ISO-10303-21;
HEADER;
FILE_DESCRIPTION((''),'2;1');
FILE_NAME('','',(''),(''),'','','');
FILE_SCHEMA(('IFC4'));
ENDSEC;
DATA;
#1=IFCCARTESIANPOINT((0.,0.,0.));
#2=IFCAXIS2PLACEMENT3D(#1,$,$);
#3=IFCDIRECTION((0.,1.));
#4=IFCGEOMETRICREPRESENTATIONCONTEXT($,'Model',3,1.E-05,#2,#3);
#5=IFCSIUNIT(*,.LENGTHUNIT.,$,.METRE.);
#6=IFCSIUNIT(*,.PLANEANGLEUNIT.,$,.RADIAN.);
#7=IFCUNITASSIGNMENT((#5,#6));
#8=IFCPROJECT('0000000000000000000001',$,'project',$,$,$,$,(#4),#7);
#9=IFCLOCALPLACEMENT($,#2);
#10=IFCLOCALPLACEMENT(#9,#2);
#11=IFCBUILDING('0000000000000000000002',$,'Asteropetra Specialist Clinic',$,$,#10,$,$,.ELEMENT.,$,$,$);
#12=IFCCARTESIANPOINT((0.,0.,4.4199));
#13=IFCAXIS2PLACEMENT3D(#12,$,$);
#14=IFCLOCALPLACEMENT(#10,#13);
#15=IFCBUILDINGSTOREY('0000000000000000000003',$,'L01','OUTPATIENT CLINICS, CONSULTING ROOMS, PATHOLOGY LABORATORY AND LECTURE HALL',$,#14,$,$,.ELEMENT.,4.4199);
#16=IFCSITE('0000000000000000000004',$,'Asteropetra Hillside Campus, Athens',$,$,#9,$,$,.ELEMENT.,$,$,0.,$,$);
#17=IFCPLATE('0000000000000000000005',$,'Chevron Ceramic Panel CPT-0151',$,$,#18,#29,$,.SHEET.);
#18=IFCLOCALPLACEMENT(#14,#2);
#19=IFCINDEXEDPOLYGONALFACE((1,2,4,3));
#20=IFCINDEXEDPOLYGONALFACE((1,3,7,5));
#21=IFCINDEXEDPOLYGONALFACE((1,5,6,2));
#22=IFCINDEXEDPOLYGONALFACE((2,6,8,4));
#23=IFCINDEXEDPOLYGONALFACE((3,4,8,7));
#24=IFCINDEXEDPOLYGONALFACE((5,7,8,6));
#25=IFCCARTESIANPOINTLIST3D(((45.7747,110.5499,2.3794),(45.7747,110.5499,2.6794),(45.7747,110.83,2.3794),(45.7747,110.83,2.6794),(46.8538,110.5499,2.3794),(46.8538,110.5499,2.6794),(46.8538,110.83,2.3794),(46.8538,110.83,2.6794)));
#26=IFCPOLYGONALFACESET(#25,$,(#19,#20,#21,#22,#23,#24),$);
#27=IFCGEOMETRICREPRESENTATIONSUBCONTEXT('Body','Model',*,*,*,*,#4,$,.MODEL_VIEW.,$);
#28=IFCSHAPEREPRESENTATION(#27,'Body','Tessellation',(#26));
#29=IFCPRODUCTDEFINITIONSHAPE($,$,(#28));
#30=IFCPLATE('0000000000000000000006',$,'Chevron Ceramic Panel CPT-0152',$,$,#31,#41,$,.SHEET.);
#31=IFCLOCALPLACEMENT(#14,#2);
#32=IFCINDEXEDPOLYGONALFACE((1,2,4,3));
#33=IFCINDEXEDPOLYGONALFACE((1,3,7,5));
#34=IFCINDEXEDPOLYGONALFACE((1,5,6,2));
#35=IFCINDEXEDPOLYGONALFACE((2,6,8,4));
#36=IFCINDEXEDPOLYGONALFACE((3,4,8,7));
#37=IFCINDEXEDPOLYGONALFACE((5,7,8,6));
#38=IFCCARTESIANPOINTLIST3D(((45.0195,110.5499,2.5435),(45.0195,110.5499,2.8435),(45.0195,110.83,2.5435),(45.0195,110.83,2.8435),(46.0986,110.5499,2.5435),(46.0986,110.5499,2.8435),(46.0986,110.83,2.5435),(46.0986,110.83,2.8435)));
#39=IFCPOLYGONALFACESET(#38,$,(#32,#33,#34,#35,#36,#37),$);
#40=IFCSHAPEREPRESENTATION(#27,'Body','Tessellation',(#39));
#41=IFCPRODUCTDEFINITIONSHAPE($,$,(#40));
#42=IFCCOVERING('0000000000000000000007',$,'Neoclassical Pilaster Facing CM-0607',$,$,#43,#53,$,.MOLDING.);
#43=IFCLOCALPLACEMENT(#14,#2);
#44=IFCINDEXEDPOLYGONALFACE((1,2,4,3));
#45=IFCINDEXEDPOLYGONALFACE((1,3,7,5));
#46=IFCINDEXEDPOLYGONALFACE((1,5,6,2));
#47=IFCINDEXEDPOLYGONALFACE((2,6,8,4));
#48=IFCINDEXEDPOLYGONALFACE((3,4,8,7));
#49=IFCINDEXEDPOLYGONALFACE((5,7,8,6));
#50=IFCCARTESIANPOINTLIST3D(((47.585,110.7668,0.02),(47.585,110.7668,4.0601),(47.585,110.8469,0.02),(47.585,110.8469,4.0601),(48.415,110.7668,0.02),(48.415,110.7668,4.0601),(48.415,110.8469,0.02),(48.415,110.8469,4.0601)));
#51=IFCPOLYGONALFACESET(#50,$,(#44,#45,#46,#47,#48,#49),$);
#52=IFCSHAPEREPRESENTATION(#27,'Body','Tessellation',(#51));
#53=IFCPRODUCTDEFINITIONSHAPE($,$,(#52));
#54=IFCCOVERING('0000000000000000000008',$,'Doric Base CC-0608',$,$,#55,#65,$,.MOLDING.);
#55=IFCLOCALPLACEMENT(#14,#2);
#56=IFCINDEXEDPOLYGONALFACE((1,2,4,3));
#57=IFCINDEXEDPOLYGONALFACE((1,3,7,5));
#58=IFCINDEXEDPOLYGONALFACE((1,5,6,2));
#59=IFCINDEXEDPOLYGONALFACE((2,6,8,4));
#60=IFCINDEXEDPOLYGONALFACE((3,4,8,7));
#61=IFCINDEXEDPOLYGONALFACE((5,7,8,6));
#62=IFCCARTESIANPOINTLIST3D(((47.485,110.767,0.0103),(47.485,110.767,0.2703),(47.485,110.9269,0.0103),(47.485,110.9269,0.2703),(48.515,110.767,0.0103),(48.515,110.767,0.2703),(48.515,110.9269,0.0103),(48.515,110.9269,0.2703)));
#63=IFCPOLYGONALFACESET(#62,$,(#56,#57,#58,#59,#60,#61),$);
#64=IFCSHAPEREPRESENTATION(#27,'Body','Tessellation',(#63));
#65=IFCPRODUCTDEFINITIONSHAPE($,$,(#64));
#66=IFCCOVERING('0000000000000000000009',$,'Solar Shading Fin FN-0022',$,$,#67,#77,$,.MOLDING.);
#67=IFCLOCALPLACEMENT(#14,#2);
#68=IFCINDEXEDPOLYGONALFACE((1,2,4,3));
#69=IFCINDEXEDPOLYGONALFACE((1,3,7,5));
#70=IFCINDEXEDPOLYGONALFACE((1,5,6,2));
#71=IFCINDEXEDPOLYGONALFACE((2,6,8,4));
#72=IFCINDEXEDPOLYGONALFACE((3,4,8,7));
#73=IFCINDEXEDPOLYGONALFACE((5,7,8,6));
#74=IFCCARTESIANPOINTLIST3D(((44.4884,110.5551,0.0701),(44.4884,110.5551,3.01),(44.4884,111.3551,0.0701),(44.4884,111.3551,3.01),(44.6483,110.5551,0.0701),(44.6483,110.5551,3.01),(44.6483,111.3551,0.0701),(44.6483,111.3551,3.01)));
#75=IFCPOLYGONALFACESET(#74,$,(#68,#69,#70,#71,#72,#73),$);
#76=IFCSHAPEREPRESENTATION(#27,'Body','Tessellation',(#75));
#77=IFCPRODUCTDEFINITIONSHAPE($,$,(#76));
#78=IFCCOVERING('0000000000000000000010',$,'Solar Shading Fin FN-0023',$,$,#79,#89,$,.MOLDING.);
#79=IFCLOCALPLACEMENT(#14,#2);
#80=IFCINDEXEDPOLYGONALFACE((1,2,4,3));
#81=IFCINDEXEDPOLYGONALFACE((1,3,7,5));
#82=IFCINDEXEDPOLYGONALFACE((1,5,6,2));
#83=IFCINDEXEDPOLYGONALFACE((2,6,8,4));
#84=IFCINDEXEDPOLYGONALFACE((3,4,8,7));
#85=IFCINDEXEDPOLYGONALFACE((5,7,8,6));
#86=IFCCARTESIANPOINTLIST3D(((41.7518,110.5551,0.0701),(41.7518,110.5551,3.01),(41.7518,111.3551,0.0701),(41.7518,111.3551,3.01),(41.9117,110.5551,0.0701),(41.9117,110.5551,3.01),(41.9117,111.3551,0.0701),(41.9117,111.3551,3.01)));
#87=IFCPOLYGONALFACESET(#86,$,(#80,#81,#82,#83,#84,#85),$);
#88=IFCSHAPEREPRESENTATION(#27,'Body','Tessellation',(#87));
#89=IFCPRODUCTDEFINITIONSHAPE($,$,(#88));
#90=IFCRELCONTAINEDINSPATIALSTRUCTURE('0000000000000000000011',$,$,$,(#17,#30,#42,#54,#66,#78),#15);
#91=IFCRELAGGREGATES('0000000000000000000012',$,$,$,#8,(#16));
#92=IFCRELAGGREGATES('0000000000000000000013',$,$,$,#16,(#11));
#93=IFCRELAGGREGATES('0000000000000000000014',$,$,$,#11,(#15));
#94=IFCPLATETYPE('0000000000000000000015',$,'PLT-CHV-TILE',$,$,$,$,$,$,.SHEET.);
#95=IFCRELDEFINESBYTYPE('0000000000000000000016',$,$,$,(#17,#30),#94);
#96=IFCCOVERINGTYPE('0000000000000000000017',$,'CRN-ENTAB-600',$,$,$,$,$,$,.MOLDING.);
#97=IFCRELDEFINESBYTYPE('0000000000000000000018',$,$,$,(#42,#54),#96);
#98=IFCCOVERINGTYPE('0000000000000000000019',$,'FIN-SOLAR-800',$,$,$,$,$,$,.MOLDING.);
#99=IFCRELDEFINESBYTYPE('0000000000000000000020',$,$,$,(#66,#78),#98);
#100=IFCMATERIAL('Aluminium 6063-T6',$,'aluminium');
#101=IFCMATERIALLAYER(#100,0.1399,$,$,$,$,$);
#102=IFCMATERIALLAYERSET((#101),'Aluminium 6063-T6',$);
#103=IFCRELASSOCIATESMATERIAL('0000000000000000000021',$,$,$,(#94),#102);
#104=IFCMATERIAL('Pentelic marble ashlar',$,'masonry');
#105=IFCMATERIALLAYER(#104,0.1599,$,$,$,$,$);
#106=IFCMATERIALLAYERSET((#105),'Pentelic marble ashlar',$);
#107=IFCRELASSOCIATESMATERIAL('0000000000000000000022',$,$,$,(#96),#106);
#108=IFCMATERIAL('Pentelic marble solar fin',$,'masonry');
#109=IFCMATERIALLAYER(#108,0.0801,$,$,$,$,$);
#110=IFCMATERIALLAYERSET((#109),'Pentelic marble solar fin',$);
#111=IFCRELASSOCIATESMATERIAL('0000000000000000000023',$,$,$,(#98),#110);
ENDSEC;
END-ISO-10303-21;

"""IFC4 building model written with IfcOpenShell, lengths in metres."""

from ifc_helpers import new_model, si_unit, direction, frame, origin, origin_2d, place, context, subcontext, project, spatial, rectangle, extrude, material, layer, layer_set, type_object, element, save


model = new_model("IFC4")

# Units and contexts
model_context = context("Model", 3, precision=1e-05, world=origin(), true_north=direction((0.0, 1.0)))
body_context = subcontext(model_context, "Body", "Model", "MODEL_VIEW")
ifc_project = project(units=[si_unit("LENGTHUNIT", "METRE"), si_unit("PLANEANGLEUNIT", "RADIAN")], contexts=[model_context])

# Site, building, storey
site_placement = place(None, origin())
site = spatial("IfcSite", under=ifc_project, at=site_placement, Name="Asteropetra Hillside Campus, Athens", CompositionType="ELEMENT", RefElevation=0.0)
building_placement = place(site_placement, origin())
building = spatial("IfcBuilding", under=site, at=building_placement, Name="Asteropetra Specialist Clinic", CompositionType="ELEMENT")
storey_placement = place(building_placement, frame((0.0, 0.0, 4.4199)))
storey = spatial("IfcBuildingStorey", under=building, at=storey_placement, Name="L01", Description="OUTPATIENT CLINICS, CONSULTING ROOMS, PATHOLOGY LABORATORY AND LECTURE HALL", CompositionType="ELEMENT", Elevation=4.4199)

# Plates
ifc_material_1 = material(Name="Aluminium 6063-T6", Category="aluminium")
ifc_layer_1 = layer(ifc_material_1, 0.1399)
ifc_layer_set_1 = layer_set([ifc_layer_1], Name="Aluminium 6063-T6")
plate_type_1 = type_object("IfcPlateType", Name="PLT-CHV-TILE", PredefinedType="SHEET", material=ifc_layer_set_1)
for number, where, z_axis, x_axis, name in (
    (1, (46.3142, 110.6899, 2.3794), (0.0, 0.0, 1.0), (1.0, 0.0, 0.0), "Chevron Ceramic Panel CPT-0151"),
    (2, (45.5591, 110.6899, 2.5435), (0.0, 0.0, 1.0), (1.0, 0.0, 0.0), "Chevron Ceramic Panel CPT-0152"),
):
    element("IfcPlate", number, at=place(storey_placement, frame(where, z_axis=z_axis, x_axis=x_axis)), inside=storey, type_object=plate_type_1, Name=name, PredefinedType="SHEET", context=body_context, shape_type="SweptSolid", body=[
        extrude(rectangle(XDim=1.0791, YDim=0.28, at=origin_2d()), origin(), (0.0, 0.0, 1.0), 0.3),
    ])

# Coverings
ifc_material_2 = material(Name="Pentelic marble ashlar", Category="masonry")
ifc_layer_2 = layer(ifc_material_2, 0.1599)
ifc_layer_set_2 = layer_set([ifc_layer_2], Name="Pentelic marble ashlar")
covering_type_1 = type_object("IfcCoveringType", Name="CRN-ENTAB-600", PredefinedType="MOLDING", material=ifc_layer_set_2)
covering_1_placement = place(storey_placement, frame((48.0, 110.8069, 0.02), z_axis=(0.0, 0.0, 1.0), x_axis=(1.0, 0.0, 0.0)))
element("IfcCovering", 3, at=covering_1_placement, inside=storey, type_object=covering_type_1, Name="Neoclassical Pilaster Facing CM-0607", PredefinedType="MOLDING", context=body_context, shape_type="SweptSolid", body=[
    extrude(rectangle(XDim=0.8301, YDim=0.0801, at=origin_2d()), origin(), (0.0, 0.0, 1.0), 4.04),
])
covering_2_placement = place(storey_placement, frame((48.0, 110.8469, 0.0103), z_axis=(0.0, 0.0, 1.0), x_axis=(1.0, 0.0, 0.0)))
element("IfcCovering", 4, at=covering_2_placement, inside=storey, type_object=covering_type_1, Name="Doric Base CC-0608", PredefinedType="MOLDING", context=body_context, shape_type="SweptSolid", body=[
    extrude(rectangle(XDim=1.03, YDim=0.1599, at=origin_2d()), origin(), (0.0, 0.0, 1.0), 0.26),
])
ifc_material_3 = material(Name="Pentelic marble solar fin", Category="masonry")
ifc_layer_3 = layer(ifc_material_3, 0.0801)
ifc_layer_set_3 = layer_set([ifc_layer_3], Name="Pentelic marble solar fin")
covering_type_2 = type_object("IfcCoveringType", Name="FIN-SOLAR-800", PredefinedType="MOLDING", material=ifc_layer_set_3)
for number, where, z_axis, x_axis, name in (
    (5, (44.5684, 110.9551, 0.0701), (0.0, 0.0, 1.0), (1.0, 0.0, 0.0), "Solar Shading Fin FN-0022"),
    (6, (41.8318, 110.9551, 0.0701), (0.0, 0.0, 1.0), (1.0, 0.0, 0.0), "Solar Shading Fin FN-0023"),
):
    element("IfcCovering", number, at=place(storey_placement, frame(where, z_axis=z_axis, x_axis=x_axis)), inside=storey, type_object=covering_type_2, Name=name, PredefinedType="MOLDING", context=body_context, shape_type="SweptSolid", body=[
        extrude(rectangle(XDim=0.1599, YDim=0.8, at=origin_2d()), origin(), (0.0, 0.0, 1.0), 2.9399),
    ])

save(model, "model.ifc")
